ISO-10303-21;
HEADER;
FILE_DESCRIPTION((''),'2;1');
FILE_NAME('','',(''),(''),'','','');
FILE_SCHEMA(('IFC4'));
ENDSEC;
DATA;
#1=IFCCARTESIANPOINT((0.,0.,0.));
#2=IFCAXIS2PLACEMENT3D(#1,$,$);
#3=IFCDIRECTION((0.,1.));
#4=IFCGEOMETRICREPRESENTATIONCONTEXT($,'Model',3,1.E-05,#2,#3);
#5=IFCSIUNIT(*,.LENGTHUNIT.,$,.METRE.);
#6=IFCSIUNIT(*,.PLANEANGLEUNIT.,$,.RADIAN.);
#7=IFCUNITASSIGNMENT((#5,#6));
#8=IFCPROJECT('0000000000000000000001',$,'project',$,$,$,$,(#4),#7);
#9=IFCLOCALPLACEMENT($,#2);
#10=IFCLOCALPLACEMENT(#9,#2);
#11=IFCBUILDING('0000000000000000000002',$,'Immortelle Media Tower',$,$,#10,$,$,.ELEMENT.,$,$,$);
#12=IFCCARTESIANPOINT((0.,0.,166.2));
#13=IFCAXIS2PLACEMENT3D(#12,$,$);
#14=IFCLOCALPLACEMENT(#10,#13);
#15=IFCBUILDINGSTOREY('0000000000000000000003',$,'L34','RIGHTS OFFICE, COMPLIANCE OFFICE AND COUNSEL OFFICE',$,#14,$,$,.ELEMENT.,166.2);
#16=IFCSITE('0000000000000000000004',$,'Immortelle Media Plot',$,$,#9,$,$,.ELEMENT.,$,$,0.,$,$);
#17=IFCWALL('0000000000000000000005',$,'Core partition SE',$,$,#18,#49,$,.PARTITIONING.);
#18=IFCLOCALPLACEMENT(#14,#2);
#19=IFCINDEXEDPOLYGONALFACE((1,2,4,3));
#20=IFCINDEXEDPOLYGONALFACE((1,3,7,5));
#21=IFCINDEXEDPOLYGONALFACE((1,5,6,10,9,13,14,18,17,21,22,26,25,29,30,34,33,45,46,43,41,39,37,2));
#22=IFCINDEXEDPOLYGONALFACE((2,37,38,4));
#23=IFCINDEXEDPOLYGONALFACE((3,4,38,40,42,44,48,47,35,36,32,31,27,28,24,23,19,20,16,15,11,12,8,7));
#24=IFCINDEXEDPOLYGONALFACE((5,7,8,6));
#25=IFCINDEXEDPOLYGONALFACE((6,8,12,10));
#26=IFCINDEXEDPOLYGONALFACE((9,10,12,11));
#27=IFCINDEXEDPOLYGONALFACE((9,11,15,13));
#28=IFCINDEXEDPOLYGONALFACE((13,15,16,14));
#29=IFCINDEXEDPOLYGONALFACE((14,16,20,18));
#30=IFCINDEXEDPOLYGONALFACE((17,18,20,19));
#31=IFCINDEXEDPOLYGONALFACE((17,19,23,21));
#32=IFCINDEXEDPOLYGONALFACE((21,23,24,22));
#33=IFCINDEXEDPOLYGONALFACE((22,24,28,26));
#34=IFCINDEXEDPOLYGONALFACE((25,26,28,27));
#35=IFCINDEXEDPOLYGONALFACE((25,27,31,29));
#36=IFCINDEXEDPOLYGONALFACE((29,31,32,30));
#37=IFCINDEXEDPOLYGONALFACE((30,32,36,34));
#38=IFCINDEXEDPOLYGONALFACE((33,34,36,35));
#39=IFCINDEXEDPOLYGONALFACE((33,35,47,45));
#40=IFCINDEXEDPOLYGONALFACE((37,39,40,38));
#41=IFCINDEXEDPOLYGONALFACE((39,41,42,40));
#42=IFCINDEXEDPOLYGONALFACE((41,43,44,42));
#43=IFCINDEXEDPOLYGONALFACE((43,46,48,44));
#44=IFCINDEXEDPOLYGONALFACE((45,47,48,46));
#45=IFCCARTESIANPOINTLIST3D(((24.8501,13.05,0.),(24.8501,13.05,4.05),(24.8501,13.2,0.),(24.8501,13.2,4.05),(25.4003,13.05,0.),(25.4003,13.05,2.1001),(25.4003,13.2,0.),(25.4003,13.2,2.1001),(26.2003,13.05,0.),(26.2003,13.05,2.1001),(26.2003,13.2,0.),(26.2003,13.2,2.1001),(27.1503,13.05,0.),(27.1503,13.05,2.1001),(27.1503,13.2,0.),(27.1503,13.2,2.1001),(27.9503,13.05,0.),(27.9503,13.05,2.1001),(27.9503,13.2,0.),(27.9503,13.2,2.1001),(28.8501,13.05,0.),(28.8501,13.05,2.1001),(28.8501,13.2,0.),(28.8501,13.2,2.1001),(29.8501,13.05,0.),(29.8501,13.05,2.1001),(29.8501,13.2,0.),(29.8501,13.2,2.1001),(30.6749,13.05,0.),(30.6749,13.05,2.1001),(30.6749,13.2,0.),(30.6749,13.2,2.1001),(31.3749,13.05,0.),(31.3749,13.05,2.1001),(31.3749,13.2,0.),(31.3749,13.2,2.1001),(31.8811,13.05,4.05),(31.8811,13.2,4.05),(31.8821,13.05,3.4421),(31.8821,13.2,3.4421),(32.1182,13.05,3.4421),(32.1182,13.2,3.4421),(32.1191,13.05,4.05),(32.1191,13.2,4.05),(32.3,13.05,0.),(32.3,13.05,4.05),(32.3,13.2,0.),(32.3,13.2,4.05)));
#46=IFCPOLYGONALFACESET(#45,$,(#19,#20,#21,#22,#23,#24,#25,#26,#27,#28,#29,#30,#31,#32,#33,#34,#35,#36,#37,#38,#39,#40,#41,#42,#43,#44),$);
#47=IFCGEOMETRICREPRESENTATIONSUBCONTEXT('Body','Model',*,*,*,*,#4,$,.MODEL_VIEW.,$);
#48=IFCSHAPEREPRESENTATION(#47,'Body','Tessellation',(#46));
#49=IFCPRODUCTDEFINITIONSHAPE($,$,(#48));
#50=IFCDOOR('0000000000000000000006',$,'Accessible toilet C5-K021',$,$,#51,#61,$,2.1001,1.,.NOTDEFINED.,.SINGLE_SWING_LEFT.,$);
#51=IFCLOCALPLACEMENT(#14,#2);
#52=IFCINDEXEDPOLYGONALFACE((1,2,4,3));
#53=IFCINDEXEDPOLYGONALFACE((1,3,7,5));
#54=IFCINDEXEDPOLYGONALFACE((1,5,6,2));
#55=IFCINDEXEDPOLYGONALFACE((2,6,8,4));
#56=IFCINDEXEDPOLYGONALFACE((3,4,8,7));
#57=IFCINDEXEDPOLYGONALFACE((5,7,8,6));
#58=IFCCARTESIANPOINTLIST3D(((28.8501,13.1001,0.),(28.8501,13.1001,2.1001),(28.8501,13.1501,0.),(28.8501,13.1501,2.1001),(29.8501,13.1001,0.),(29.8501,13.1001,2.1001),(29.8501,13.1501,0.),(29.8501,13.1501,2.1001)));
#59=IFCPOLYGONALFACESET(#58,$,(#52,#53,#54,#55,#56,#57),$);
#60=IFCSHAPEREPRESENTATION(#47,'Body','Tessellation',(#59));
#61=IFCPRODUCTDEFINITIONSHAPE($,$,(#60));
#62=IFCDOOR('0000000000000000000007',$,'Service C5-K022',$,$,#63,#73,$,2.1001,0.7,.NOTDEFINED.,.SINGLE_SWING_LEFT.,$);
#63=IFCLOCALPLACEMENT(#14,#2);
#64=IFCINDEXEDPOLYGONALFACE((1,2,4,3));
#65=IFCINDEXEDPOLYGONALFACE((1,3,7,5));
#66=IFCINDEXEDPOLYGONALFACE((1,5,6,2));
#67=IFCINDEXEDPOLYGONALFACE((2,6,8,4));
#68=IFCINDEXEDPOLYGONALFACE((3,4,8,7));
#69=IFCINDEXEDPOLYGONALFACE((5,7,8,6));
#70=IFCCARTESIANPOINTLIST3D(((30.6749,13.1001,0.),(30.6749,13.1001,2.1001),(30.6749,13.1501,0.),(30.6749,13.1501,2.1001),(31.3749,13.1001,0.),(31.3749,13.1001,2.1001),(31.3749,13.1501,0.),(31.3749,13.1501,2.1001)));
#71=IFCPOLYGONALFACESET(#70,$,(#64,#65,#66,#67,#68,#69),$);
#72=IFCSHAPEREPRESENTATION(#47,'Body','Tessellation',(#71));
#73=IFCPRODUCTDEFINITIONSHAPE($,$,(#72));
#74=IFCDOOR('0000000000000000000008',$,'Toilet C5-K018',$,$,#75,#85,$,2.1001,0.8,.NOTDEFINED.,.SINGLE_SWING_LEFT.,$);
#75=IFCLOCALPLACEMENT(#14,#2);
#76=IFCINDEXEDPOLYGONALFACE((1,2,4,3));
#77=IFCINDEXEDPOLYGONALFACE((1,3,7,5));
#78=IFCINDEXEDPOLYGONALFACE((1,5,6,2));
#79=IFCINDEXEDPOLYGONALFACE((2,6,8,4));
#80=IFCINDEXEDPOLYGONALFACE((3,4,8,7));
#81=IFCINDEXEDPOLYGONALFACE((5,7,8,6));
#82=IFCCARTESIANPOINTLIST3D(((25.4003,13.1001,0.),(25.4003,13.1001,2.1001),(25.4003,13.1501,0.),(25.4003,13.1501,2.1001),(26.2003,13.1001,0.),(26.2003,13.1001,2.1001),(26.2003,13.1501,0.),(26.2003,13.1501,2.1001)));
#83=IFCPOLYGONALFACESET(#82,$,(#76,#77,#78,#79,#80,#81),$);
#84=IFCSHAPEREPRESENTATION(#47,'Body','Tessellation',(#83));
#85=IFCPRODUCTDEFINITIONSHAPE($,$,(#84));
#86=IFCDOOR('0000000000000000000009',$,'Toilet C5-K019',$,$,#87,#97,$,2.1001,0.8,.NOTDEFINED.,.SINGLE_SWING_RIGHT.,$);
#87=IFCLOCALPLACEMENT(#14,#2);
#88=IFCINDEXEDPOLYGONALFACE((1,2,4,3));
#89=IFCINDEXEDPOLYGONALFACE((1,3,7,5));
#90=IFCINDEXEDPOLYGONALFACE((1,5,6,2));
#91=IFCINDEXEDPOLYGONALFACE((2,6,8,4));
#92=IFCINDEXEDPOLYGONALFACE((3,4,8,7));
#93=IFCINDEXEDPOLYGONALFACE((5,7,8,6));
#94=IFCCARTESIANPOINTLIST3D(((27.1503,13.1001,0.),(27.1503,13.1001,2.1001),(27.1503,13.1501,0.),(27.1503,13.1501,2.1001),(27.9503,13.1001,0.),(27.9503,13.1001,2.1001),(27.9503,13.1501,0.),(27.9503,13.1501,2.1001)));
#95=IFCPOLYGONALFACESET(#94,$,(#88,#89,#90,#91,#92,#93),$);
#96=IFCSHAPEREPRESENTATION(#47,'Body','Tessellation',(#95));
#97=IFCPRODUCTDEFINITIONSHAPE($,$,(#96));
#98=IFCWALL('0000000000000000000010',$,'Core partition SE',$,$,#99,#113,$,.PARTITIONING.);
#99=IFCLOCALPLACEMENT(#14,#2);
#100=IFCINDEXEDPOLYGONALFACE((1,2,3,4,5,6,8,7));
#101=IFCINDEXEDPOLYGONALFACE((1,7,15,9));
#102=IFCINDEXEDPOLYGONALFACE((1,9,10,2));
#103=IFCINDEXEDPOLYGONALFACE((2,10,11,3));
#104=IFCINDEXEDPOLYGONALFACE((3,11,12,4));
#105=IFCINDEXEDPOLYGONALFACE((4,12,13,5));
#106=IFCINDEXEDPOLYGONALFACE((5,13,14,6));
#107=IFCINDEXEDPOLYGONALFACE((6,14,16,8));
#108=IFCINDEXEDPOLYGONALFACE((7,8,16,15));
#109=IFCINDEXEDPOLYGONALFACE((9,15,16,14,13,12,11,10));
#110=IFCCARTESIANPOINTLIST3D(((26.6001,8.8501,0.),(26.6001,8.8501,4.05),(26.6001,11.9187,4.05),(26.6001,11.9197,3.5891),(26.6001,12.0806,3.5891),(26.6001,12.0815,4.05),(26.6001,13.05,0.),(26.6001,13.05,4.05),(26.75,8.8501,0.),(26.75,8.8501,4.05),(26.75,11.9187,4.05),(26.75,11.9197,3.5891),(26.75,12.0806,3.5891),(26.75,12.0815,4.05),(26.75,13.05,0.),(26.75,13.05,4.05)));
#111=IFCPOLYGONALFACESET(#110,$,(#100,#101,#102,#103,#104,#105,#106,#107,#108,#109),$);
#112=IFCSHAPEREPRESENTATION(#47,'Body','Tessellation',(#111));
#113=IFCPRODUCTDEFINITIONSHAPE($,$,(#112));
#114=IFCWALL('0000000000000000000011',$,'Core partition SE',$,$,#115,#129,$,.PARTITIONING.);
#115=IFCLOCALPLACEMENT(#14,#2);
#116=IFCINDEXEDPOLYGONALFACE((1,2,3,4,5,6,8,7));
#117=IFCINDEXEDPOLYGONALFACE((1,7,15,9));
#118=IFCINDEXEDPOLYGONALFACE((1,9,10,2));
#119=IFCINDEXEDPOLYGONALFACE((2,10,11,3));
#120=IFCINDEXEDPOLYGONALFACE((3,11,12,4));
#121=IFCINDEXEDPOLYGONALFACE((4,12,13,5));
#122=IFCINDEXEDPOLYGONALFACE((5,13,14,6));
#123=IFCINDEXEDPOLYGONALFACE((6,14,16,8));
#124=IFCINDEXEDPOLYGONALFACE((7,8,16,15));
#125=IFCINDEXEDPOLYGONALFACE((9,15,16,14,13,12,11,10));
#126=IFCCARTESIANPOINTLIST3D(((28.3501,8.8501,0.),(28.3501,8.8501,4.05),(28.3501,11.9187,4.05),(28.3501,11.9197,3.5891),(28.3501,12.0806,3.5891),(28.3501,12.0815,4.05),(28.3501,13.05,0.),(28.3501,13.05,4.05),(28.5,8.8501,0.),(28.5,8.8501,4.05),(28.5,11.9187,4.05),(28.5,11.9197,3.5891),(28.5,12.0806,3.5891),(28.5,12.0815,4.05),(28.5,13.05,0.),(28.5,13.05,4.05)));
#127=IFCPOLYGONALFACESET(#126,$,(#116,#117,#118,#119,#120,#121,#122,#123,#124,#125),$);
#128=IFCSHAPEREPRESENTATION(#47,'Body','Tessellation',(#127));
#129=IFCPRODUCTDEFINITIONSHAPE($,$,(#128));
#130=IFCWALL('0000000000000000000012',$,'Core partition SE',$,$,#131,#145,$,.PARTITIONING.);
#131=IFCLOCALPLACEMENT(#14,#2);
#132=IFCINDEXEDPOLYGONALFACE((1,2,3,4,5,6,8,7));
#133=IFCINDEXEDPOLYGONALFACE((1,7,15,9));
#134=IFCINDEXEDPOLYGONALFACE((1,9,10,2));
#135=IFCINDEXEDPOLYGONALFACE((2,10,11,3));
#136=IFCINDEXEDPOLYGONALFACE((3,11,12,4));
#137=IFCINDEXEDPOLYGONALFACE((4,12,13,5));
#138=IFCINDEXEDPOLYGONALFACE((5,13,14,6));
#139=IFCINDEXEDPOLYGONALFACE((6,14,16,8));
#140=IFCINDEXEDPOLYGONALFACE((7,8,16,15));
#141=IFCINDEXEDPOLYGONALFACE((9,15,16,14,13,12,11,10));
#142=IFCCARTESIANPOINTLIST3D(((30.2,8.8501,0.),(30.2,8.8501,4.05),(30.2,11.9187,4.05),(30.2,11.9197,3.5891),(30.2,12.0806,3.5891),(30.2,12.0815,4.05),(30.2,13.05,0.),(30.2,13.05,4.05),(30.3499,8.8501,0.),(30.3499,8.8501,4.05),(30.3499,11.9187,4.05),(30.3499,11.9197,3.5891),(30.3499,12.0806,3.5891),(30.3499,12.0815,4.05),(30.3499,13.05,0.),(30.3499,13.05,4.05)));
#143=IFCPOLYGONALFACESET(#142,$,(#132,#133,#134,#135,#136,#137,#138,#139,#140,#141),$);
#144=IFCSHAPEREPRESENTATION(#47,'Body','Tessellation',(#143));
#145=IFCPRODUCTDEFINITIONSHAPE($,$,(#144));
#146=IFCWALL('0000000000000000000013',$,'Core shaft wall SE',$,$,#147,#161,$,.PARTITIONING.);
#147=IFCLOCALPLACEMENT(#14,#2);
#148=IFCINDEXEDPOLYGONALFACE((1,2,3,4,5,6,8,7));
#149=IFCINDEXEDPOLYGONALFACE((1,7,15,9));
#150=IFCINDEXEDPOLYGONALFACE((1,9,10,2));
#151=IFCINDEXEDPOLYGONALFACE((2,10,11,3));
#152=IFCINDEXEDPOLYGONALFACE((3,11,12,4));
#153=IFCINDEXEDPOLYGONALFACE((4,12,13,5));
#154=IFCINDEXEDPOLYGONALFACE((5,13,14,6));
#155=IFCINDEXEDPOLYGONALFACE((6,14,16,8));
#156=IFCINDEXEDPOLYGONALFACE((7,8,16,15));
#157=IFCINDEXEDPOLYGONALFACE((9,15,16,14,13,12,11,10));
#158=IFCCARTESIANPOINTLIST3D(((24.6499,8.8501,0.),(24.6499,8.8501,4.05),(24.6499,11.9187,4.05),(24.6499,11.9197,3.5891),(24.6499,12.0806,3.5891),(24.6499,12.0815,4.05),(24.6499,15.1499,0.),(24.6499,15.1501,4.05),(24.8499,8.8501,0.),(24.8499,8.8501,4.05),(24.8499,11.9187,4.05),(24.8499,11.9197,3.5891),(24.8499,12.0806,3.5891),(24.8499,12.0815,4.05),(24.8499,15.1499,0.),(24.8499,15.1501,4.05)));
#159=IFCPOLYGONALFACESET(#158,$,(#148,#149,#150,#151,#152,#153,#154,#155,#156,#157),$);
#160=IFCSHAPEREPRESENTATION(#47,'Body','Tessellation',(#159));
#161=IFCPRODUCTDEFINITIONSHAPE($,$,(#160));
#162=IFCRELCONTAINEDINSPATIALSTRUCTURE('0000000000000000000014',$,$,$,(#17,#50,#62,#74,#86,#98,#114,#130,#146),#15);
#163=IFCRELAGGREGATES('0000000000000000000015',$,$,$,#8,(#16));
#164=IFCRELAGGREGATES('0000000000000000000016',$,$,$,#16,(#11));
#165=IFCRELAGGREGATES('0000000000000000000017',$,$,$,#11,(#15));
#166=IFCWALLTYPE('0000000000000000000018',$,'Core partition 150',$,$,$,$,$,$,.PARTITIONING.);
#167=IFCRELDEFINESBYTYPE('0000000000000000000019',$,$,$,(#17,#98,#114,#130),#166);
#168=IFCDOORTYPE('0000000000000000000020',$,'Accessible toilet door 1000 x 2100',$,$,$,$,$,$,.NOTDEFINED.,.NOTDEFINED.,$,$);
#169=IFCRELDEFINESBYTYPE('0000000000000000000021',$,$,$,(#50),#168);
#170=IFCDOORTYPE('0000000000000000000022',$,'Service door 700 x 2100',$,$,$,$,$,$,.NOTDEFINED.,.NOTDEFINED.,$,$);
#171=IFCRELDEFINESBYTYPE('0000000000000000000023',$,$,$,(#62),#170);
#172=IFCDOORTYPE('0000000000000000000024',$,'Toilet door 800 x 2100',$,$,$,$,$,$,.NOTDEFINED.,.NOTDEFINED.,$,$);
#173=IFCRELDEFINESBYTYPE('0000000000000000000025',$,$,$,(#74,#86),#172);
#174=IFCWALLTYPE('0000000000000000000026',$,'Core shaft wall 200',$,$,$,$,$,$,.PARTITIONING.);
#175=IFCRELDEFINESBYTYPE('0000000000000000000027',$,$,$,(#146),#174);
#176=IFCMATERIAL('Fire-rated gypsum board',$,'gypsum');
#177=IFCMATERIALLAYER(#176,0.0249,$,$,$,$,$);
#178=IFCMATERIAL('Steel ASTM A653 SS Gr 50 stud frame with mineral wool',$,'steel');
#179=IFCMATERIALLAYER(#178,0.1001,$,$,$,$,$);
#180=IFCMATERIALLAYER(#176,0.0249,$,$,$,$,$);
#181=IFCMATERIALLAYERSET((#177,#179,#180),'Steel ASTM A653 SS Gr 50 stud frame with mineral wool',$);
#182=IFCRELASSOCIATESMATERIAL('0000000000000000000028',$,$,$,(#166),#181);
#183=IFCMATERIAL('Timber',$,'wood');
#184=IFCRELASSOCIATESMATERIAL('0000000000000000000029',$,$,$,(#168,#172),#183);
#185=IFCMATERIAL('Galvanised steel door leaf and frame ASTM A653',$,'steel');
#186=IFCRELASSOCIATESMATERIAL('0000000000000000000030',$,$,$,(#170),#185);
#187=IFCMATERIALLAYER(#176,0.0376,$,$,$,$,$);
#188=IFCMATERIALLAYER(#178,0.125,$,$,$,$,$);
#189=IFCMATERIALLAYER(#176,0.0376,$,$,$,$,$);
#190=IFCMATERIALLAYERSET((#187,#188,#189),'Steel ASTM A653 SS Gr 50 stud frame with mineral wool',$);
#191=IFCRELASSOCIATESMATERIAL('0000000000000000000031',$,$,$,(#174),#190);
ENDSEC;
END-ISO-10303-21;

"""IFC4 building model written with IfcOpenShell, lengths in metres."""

from ifc_helpers import new_model, si_unit, direction, frame, frame_2d, origin, place, context, subcontext, project, spatial, polyline, rectangle, outline, extrude, material, layer, layer_set, type_object, element, fill, save


model = new_model("IFC4")

# Units and contexts
model_context = context("Model", 3, precision=1e-05, world=origin(), true_north=direction((0.0, 1.0)))
body_context = subcontext(model_context, "Body", "Model", "MODEL_VIEW")
ifc_project = project(units=[si_unit("LENGTHUNIT", "METRE"), si_unit("PLANEANGLEUNIT", "RADIAN")], contexts=[model_context])

# Site, building, storey
site_placement = place(None, origin())
site = spatial("IfcSite", under=ifc_project, at=site_placement, Name="Immortelle Media Plot", CompositionType="ELEMENT", RefElevation=0.0)
building_placement = place(site_placement, origin())
building = spatial("IfcBuilding", under=site, at=building_placement, Name="Immortelle Media Tower", CompositionType="ELEMENT")
storey_placement = place(building_placement, frame((0.0, 0.0, 166.2)))
storey = spatial("IfcBuildingStorey", under=building, at=storey_placement, Name="L34", Description="RIGHTS OFFICE, COMPLIANCE OFFICE AND COUNSEL OFFICE", CompositionType="ELEMENT", Elevation=166.2)

# Wall, openings, doors
ifc_material_1 = material(Name="Fire-rated gypsum board", Category="gypsum")
ifc_layer_1 = layer(ifc_material_1, 0.0249)
ifc_material_2 = material(Name="Steel ASTM A653 SS Gr 50 stud frame with mineral wool", Category="steel")
ifc_layer_2 = layer(ifc_material_2, 0.1001)
ifc_layer_3 = layer(ifc_material_1, 0.0249)
ifc_layer_set_1 = layer_set([ifc_layer_1, ifc_layer_2, ifc_layer_3], Name="Steel ASTM A653 SS Gr 50 stud frame with mineral wool")
wall_type_1 = type_object("IfcWallType", Name="Core partition 150", PredefinedType="PARTITIONING", material=ifc_layer_set_1)
wall_1_placement = place(storey_placement, frame((24.8501, 13.125, 0.0), z_axis=(0.0, 0.0, 1.0), x_axis=(1.0, 0.0, 0.0)))
wall_1 = element("IfcWall", 1, at=wall_1_placement, inside=storey, type_object=wall_type_1, Name="Core partition SE", PredefinedType="PARTITIONING", context=body_context, shape_type="SweptSolid", body=[
    extrude(outline(polyline([(0.0, 0.0), (7.45, 0.0), (7.45, 4.05), (7.269, 4.05), (7.2681, 3.4421), (7.032, 3.4421), (7.031, 4.05), (0.0, 4.05), (0.0, 0.0)])), frame((0.0, 0.075, 0.0), z_axis=(0.0, -1.0, 0.0), x_axis=(1.0, 0.0, 0.0)), (0.0, 0.0, 1.0), 0.1499),
])
opening_1_placement = place(wall_1_placement, frame((1.3501, 0.0, 0.0), z_axis=(0.0, 0.0, 1.0), x_axis=(-1.0, 0.0, 0.0)))
opening_1 = element("IfcOpeningElement", 2, at=opening_1_placement, cuts=wall_1, PredefinedType="OPENING", context=body_context, shape_type="SweptSolid", body=[
    extrude(rectangle(XDim=0.8, YDim=2.1001, at=frame_2d((0.3999, 1.05))), frame((0.0, 0.085, 0.0), z_axis=(0.0, -1.0, 0.0), x_axis=(1.0, 0.0, 0.0)), (0.0, 0.0, 1.0), 0.1699),
])
opening_2_placement = place(wall_1_placement, frame((3.1001, 0.0, 0.0), z_axis=(0.0, 0.0, 1.0), x_axis=(-1.0, 0.0, 0.0)))
opening_2 = element("IfcOpeningElement", 3, at=opening_2_placement, cuts=wall_1, PredefinedType="OPENING", context=body_context, shape_type="SweptSolid", body=[
    extrude(rectangle(XDim=0.8, YDim=2.1001, at=frame_2d((0.3999, 1.05))), frame((0.0, 0.085, 0.0), z_axis=(0.0, -1.0, 0.0), x_axis=(1.0, 0.0, 0.0)), (0.0, 0.0, 1.0), 0.1699),
])
opening_3_placement = place(wall_1_placement, frame((5.0, 0.0, 0.0), z_axis=(0.0, 0.0, 1.0), x_axis=(-1.0, 0.0, 0.0)))
opening_3 = element("IfcOpeningElement", 4, at=opening_3_placement, cuts=wall_1, PredefinedType="OPENING", context=body_context, shape_type="SweptSolid", body=[
    extrude(rectangle(XDim=1.0, YDim=2.1001, at=frame_2d((0.5, 1.05))), frame((0.0, 0.085, 0.0), z_axis=(0.0, -1.0, 0.0), x_axis=(1.0, 0.0, 0.0)), (0.0, 0.0, 1.0), 0.1699),
])
opening_4_placement = place(wall_1_placement, frame((6.5249, 0.0, 0.0), z_axis=(0.0, 0.0, 1.0), x_axis=(-1.0, 0.0, 0.0)))
opening_4 = element("IfcOpeningElement", 5, at=opening_4_placement, cuts=wall_1, PredefinedType="OPENING", context=body_context, shape_type="SweptSolid", body=[
    extrude(rectangle(XDim=0.7, YDim=2.1001, at=frame_2d((0.3501, 1.05))), frame((0.0, 0.085, 0.0), z_axis=(0.0, -1.0, 0.0), x_axis=(1.0, 0.0, 0.0)), (0.0, 0.0, 1.0), 0.1699),
])
ifc_material_3 = material(Name="Timber", Category="wood")
door_type_1 = type_object("IfcDoorType", Name="Accessible toilet door 1000 x 2100", OperationType="NOTDEFINED", PredefinedType="NOTDEFINED", material=ifc_material_3)
door_1_placement = place(opening_3_placement, origin())
door_1 = element("IfcDoor", 6, at=door_1_placement, inside=storey, type_object=door_type_1, Name="Accessible toilet C5-K021", OperationType="SINGLE_SWING_LEFT", OverallHeight=2.1001, OverallWidth=1.0, PredefinedType="NOTDEFINED", context=body_context, shape_type="SweptSolid", body=[
    extrude(rectangle(XDim=1.0, YDim=2.1001, at=frame_2d((0.5, 1.05))), frame((0.0, 0.0249, 0.0), z_axis=(0.0, -1.0, 0.0), x_axis=(1.0, 0.0, 0.0)), (0.0, 0.0, 1.0), 0.05),
])
fill(opening_3, door_1)
ifc_material_4 = material(Name="Galvanised steel door leaf and frame ASTM A653", Category="steel")
door_type_2 = type_object("IfcDoorType", Name="Service door 700 x 2100", OperationType="NOTDEFINED", PredefinedType="NOTDEFINED", material=ifc_material_4)
door_2_placement = place(opening_4_placement, origin())
door_2 = element("IfcDoor", 7, at=door_2_placement, inside=storey, type_object=door_type_2, Name="Service C5-K022", OperationType="SINGLE_SWING_LEFT", OverallHeight=2.1001, OverallWidth=0.7, PredefinedType="NOTDEFINED", context=body_context, shape_type="SweptSolid", body=[
    extrude(rectangle(XDim=0.7, YDim=2.1001, at=frame_2d((0.3501, 1.05))), frame((0.0, 0.0249, 0.0), z_axis=(0.0, -1.0, 0.0), x_axis=(1.0, 0.0, 0.0)), (0.0, 0.0, 1.0), 0.05),
])
fill(opening_4, door_2)
door_type_3 = type_object("IfcDoorType", Name="Toilet door 800 x 2100", OperationType="NOTDEFINED", PredefinedType="NOTDEFINED", material=ifc_material_3)
door_3_placement = place(opening_1_placement, origin())
door_3 = element("IfcDoor", 8, at=door_3_placement, inside=storey, type_object=door_type_3, Name="Toilet C5-K018", OperationType="SINGLE_SWING_LEFT", OverallHeight=2.1001, OverallWidth=0.8, PredefinedType="NOTDEFINED", context=body_context, shape_type="SweptSolid", body=[
    extrude(rectangle(XDim=0.8, YDim=2.1001, at=frame_2d((0.3999, 1.05))), frame((0.0, 0.0249, 0.0), z_axis=(0.0, -1.0, 0.0), x_axis=(1.0, 0.0, 0.0)), (0.0, 0.0, 1.0), 0.05),
])
fill(opening_1, door_3)
door_4_placement = place(opening_2_placement, origin())
door_4 = element("IfcDoor", 9, at=door_4_placement, inside=storey, type_object=door_type_3, Name="Toilet C5-K019", OperationType="SINGLE_SWING_RIGHT", OverallHeight=2.1001, OverallWidth=0.8, PredefinedType="NOTDEFINED", context=body_context, shape_type="SweptSolid", body=[
    extrude(rectangle(XDim=0.8, YDim=2.1001, at=frame_2d((0.3999, 1.05))), frame((0.0, 0.0249, 0.0), z_axis=(0.0, -1.0, 0.0), x_axis=(1.0, 0.0, 0.0)), (0.0, 0.0, 1.0), 0.05),
])
fill(opening_2, door_4)

# Walls
for number, where, z_axis, x_axis, name in (
    (10, (26.675, 8.8501, 0.0), (0.0, 0.0, 1.0), (0.0, 1.0, 0.0), "Core partition SE"),
    (11, (28.425, 8.8501, 0.0), (0.0, 0.0, 1.0), (0.0, 1.0, 0.0), "Core partition SE"),
    (12, (30.2749, 8.8501, 0.0), (0.0, 0.0, 1.0), (0.0, 1.0, 0.0), "Core partition SE"),
):
    element("IfcWall", number, at=place(storey_placement, frame(where, z_axis=z_axis, x_axis=x_axis)), inside=storey, type_object=wall_type_1, Name=name, PredefinedType="PARTITIONING", context=body_context, shape_type="SweptSolid", body=[
        extrude(outline(polyline([(0.0, 0.0), (4.2, 0.0), (4.2, 4.05), (3.2314, 4.05), (3.2305, 3.5891), (3.0696, 3.5891), (3.0686, 4.05), (0.0, 4.05), (0.0, 0.0)])), frame((0.0, 0.075, 0.0), z_axis=(0.0, -1.0, 0.0), x_axis=(1.0, 0.0, 0.0)), (0.0, 0.0, 1.0), 0.1499),
    ])
ifc_layer_4 = layer(ifc_material_1, 0.0376)
ifc_layer_5 = layer(ifc_material_2, 0.125)
ifc_layer_6 = layer(ifc_material_1, 0.0376)
ifc_layer_set_2 = layer_set([ifc_layer_4, ifc_layer_5, ifc_layer_6], Name="Steel ASTM A653 SS Gr 50 stud frame with mineral wool")
wall_type_2 = type_object("IfcWallType", Name="Core shaft wall 200", PredefinedType="PARTITIONING", material=ifc_layer_set_2)
wall_2_placement = place(storey_placement, frame((24.75, 8.8501, 0.0), z_axis=(0.0, 0.0, 1.0), x_axis=(0.0, 1.0, 0.0)))
element("IfcWall", 13, at=wall_2_placement, inside=storey, type_object=wall_type_2, Name="Core shaft wall SE", PredefinedType="PARTITIONING", context=body_context, shape_type="SweptSolid", body=[
    extrude(outline(polyline([(0.0, 0.0), (6.2998, 0.0), (6.3, 4.05), (3.2314, 4.05), (3.2305, 3.5891), (3.0696, 3.5891), (3.0686, 4.05), (0.0, 4.05), (0.0, 0.0)])), frame((0.0, 0.1001, 0.0), z_axis=(0.0, -1.0, 0.0), x_axis=(1.0, 0.0, 0.0)), (0.0, 0.0, 1.0), 0.2),
])

save(model, "model.ifc")
